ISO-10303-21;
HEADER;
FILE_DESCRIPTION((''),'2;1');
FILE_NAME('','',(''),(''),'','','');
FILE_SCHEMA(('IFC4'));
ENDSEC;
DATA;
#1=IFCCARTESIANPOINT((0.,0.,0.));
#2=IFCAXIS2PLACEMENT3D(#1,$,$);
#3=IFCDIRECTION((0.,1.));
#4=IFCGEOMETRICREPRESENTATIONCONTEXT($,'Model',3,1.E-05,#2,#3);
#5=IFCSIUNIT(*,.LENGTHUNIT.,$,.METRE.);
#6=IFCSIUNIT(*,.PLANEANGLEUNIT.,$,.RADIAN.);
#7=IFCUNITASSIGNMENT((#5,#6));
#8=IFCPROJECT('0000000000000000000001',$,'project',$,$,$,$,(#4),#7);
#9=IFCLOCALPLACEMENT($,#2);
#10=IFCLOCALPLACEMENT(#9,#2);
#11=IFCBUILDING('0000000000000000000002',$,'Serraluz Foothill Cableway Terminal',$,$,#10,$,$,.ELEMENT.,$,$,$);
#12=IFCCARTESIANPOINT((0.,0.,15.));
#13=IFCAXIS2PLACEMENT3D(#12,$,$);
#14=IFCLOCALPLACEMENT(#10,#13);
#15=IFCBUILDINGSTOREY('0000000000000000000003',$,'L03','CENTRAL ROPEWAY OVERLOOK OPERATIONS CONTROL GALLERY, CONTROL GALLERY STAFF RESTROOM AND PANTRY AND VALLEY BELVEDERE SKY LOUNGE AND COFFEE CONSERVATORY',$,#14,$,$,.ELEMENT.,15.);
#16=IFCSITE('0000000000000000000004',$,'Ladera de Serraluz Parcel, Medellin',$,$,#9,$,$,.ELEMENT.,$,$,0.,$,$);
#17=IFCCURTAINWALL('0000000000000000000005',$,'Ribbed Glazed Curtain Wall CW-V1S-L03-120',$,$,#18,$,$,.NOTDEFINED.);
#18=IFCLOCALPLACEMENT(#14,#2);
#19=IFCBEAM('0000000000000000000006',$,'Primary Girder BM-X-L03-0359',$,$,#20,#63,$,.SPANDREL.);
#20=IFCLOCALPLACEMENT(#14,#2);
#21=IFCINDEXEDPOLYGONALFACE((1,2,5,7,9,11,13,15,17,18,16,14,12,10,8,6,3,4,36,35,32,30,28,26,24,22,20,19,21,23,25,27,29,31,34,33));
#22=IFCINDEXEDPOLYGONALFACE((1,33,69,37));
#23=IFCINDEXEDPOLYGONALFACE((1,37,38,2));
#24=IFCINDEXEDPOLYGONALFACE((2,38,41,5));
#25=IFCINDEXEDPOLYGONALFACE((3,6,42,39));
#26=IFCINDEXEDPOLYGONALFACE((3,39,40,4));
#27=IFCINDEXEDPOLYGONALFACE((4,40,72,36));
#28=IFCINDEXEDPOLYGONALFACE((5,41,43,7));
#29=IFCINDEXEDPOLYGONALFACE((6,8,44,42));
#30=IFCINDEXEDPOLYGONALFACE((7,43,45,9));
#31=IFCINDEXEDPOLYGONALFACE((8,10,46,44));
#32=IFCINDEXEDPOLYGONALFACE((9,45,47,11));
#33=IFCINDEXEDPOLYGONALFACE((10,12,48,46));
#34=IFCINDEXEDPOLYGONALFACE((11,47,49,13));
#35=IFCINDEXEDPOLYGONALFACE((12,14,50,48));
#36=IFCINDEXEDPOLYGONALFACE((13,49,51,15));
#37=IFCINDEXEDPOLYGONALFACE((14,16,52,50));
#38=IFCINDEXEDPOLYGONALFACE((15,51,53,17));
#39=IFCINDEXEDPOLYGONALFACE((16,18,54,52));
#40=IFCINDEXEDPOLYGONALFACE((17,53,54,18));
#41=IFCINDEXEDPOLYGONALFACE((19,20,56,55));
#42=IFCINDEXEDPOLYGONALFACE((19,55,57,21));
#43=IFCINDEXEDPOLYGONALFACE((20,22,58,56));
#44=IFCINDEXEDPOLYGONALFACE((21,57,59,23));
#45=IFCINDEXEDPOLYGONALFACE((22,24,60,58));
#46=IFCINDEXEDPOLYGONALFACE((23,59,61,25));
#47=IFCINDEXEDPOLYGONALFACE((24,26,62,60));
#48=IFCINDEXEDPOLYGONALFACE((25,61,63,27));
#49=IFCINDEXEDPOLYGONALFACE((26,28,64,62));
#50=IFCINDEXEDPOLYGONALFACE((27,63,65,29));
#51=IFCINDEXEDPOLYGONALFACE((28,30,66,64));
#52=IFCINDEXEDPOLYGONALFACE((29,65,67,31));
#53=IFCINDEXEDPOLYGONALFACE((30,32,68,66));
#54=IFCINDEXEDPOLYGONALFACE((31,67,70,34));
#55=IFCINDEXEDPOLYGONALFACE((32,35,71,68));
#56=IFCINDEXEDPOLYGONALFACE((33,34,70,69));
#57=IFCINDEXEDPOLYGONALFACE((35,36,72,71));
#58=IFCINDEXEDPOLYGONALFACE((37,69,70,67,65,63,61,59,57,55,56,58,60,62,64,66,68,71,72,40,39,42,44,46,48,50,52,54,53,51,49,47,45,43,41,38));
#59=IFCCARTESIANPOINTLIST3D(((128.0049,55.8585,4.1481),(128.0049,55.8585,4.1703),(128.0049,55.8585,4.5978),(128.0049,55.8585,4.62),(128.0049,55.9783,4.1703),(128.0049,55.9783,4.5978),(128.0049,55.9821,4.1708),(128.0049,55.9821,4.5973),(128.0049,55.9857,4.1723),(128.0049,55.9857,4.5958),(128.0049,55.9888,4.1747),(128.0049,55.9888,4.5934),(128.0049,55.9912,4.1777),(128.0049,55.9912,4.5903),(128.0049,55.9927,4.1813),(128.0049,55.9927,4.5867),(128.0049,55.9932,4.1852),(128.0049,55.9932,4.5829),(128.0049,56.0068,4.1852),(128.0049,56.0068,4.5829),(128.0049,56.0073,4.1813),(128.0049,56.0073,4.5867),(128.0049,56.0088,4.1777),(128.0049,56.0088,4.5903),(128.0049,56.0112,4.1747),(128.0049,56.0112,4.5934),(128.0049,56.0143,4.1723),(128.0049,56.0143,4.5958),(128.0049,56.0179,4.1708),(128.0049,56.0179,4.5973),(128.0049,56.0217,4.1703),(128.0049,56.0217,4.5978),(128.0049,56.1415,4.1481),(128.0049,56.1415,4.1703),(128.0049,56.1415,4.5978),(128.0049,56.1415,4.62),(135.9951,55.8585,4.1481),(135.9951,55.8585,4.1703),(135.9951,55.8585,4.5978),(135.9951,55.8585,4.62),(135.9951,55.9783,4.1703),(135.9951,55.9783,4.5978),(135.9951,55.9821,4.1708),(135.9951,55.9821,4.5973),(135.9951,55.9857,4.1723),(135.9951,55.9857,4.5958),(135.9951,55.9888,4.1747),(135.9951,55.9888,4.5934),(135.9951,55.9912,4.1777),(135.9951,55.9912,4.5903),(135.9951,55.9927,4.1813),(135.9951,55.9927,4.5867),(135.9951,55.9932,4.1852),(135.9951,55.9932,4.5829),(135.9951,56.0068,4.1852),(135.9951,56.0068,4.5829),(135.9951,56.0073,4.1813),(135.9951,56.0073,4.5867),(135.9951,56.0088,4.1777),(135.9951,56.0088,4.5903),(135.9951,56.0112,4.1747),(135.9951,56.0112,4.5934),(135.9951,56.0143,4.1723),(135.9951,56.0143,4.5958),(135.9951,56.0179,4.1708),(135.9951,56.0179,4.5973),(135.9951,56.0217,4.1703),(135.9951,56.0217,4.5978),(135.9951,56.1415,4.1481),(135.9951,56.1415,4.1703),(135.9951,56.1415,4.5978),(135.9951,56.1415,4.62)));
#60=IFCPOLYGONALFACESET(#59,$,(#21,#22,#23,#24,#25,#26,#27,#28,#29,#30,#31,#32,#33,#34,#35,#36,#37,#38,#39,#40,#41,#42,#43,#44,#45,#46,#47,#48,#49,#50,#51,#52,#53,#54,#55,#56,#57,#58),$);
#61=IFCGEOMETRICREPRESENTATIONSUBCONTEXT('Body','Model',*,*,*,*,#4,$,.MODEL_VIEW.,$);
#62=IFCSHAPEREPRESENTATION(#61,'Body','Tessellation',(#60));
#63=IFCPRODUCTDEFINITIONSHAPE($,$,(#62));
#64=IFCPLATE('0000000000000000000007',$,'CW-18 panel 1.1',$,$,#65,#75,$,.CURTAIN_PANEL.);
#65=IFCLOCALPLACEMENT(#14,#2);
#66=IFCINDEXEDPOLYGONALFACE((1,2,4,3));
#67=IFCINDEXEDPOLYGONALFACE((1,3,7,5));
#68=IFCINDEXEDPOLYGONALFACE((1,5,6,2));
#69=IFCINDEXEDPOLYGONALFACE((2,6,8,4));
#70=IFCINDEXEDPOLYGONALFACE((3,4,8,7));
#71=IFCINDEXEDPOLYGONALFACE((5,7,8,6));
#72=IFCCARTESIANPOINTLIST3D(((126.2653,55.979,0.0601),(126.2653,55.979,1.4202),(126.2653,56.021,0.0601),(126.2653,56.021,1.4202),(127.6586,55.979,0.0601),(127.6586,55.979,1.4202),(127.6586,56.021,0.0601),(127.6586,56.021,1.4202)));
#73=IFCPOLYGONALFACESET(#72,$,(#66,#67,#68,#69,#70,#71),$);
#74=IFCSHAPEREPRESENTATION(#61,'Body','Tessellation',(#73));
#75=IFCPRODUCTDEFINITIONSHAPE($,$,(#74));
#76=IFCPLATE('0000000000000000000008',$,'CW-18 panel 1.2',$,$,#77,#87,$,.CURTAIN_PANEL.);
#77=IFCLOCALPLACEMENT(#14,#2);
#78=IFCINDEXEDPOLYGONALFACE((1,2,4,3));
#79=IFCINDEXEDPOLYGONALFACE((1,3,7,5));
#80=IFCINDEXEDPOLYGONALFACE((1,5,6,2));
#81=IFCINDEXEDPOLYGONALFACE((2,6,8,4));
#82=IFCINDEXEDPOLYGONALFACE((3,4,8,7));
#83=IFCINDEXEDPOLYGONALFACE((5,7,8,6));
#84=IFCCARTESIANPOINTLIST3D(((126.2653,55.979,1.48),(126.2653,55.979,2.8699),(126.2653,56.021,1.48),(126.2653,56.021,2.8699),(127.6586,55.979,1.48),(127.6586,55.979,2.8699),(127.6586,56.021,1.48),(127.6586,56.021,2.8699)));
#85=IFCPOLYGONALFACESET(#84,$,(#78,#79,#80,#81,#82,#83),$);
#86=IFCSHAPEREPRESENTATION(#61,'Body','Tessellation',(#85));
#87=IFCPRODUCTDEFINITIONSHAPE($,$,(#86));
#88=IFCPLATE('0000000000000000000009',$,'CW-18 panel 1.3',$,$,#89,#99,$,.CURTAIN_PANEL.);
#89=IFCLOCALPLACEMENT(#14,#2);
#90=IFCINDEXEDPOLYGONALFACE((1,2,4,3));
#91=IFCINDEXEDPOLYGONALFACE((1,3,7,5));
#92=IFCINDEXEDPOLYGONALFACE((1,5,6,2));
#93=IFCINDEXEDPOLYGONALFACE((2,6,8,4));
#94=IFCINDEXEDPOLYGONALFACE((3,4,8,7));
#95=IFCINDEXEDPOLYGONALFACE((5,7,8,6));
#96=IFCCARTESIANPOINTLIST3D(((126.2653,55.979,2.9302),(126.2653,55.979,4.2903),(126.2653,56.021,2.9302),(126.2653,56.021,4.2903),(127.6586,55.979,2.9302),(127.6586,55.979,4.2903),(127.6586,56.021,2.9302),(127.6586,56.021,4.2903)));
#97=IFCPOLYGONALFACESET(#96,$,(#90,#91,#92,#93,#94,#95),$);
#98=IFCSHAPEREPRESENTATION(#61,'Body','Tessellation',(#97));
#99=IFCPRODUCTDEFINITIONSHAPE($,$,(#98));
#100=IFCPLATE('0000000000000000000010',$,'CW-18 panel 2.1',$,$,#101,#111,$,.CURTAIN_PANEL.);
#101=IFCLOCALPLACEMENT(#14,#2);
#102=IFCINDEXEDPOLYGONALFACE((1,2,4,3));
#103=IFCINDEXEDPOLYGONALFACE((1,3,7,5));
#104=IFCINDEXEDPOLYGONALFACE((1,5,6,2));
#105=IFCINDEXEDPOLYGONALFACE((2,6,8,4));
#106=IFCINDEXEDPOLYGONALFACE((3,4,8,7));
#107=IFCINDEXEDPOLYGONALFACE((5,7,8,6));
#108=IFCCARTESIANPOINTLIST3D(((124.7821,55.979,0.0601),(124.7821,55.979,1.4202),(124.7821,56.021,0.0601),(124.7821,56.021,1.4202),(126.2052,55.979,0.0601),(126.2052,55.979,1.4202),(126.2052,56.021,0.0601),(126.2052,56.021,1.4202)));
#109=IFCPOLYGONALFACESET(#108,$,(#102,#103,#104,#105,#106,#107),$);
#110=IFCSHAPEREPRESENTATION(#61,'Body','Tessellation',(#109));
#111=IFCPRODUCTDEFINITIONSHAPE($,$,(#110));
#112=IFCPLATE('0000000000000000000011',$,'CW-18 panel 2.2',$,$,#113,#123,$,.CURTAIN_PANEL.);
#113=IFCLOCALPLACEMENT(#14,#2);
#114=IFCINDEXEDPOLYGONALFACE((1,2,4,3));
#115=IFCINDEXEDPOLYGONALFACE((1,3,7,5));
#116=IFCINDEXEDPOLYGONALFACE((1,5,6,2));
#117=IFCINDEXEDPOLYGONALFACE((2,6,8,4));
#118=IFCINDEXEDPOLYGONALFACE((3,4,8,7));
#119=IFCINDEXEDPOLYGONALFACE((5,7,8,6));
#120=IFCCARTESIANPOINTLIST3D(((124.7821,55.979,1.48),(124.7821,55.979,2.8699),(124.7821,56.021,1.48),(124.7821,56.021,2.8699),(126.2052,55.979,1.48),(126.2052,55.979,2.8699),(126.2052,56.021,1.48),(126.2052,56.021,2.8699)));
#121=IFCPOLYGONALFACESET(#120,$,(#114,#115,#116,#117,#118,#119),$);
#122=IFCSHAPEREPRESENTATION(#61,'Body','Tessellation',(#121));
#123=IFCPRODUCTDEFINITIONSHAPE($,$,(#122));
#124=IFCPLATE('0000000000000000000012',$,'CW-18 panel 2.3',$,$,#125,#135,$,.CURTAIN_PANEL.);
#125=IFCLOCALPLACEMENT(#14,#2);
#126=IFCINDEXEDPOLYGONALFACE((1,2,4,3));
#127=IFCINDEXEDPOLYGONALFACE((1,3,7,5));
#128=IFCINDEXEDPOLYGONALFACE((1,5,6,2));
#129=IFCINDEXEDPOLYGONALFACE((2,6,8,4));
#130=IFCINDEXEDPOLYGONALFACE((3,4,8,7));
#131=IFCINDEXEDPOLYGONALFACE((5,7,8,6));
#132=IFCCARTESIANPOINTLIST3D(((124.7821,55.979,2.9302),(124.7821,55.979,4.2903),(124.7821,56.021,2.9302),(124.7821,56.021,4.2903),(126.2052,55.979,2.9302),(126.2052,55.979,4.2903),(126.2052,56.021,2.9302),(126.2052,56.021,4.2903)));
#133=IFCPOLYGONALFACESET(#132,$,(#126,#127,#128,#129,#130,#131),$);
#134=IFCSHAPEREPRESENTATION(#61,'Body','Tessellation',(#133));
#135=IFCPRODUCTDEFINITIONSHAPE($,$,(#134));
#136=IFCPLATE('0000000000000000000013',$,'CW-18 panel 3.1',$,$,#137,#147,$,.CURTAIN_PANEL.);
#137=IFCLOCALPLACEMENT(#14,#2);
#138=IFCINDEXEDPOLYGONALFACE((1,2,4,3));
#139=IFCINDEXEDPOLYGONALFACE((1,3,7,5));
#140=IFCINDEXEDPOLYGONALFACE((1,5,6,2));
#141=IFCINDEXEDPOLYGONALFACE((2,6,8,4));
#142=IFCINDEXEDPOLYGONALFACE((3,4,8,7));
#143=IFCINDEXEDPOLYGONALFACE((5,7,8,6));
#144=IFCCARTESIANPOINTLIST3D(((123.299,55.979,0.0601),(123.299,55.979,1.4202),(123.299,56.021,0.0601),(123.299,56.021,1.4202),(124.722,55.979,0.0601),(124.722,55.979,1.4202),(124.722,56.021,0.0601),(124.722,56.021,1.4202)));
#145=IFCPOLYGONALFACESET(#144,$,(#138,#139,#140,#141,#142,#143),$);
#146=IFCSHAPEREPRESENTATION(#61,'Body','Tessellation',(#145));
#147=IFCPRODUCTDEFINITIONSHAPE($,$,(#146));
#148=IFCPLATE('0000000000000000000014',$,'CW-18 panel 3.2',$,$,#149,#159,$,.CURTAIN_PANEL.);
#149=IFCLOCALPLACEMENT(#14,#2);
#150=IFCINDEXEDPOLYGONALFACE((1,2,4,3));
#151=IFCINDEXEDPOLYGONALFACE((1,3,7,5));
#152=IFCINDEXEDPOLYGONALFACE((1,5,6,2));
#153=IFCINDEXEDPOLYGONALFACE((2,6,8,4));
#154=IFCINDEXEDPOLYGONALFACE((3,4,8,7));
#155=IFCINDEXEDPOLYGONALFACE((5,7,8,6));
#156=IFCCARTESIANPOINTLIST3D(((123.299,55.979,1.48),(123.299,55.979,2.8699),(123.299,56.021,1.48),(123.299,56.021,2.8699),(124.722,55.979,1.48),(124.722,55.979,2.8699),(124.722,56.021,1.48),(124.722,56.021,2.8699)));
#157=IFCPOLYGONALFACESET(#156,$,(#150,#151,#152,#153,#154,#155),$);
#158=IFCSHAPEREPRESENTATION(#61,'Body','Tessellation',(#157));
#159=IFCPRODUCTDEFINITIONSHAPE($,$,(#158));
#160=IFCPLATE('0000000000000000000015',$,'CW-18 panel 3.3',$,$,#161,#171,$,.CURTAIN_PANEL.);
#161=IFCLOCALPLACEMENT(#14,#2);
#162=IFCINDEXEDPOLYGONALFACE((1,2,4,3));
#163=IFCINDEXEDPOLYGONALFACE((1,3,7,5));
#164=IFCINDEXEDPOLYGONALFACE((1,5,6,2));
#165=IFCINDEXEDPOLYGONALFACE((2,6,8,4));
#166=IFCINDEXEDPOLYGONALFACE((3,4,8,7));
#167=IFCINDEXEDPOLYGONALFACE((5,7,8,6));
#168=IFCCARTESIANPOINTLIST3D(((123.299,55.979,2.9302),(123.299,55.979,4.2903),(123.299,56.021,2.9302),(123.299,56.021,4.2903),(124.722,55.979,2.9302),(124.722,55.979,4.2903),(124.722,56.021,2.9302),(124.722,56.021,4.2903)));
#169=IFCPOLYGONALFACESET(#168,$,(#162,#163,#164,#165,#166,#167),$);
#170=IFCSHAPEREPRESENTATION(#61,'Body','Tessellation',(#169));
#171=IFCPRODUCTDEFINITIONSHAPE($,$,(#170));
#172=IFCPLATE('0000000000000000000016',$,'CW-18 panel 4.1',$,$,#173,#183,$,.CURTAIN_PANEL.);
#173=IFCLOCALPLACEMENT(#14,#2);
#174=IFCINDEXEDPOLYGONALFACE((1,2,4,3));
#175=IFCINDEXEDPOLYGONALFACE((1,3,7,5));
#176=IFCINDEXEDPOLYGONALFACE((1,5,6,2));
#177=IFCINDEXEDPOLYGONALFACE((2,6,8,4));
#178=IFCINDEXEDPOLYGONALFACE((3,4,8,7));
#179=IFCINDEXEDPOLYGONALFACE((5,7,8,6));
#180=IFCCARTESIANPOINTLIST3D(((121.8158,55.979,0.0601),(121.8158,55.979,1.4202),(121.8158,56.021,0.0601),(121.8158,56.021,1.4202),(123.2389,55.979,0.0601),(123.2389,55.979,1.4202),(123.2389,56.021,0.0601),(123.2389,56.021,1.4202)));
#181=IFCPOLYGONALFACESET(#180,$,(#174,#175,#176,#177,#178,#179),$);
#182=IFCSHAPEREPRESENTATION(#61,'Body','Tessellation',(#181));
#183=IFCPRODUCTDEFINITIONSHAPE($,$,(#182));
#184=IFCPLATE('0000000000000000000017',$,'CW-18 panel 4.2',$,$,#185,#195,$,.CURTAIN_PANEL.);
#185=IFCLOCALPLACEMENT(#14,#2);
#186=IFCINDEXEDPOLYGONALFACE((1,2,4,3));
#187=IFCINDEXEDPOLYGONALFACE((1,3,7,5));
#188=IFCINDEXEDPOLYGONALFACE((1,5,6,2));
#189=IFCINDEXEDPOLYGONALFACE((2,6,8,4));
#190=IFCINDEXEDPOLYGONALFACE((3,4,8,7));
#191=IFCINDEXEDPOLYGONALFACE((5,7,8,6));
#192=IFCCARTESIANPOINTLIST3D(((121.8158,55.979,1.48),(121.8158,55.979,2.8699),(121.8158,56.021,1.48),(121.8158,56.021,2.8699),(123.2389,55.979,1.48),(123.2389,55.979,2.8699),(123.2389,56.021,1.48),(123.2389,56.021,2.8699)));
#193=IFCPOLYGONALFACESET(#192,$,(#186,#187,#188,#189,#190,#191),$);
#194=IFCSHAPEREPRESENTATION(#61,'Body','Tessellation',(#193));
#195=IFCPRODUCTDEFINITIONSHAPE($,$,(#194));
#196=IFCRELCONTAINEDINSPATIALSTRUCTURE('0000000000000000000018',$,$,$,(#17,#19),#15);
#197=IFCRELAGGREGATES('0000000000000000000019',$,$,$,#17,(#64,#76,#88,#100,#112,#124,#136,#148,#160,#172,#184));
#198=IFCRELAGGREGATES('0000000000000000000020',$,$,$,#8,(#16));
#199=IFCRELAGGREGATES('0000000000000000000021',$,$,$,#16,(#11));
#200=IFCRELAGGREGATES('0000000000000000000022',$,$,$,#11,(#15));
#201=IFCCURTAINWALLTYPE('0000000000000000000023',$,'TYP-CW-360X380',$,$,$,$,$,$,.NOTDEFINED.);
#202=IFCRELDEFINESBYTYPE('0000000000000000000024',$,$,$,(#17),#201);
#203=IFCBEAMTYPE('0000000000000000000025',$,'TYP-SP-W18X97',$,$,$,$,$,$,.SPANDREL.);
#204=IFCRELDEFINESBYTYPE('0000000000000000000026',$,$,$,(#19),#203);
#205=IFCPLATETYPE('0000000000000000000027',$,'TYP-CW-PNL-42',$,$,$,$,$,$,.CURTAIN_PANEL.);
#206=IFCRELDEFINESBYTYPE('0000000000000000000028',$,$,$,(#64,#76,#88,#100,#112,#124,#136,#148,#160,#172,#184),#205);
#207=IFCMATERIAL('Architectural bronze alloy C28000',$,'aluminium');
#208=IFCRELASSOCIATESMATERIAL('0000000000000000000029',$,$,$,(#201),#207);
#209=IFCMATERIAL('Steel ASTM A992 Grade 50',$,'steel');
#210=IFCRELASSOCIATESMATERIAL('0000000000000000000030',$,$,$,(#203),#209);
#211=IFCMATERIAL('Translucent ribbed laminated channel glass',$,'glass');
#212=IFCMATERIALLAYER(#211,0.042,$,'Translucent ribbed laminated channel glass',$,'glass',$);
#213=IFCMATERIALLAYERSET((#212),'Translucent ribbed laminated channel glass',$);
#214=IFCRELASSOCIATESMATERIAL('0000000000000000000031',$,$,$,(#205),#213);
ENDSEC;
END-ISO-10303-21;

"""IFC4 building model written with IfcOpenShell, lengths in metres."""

from ifc_helpers import new_model, si_unit, direction, frame, origin, origin_2d, place, context, subcontext, project, spatial, rectangle, i_section, extrude, material, layer, layer_set, material_profile, profile_set, type_object, element, aggregate, save


model = new_model("IFC4")

# Units and contexts
model_context = context("Model", 3, precision=1e-05, world=origin(), true_north=direction((0.0, 1.0)))
body_context = subcontext(model_context, "Body", "Model", "MODEL_VIEW")
ifc_project = project(units=[si_unit("LENGTHUNIT", "METRE"), si_unit("PLANEANGLEUNIT", "RADIAN")], contexts=[model_context])

# Site, building, storey
site_placement = place(None, origin())
site = spatial("IfcSite", under=ifc_project, at=site_placement, Name="Ladera de Serraluz Parcel, Medellin", CompositionType="ELEMENT", RefElevation=0.0)
building_placement = place(site_placement, origin())
building = spatial("IfcBuilding", under=site, at=building_placement, Name="Serraluz Foothill Cableway Terminal", CompositionType="ELEMENT")
storey_placement = place(building_placement, frame((0.0, 0.0, 15.0)))
storey = spatial("IfcBuildingStorey", under=building, at=storey_placement, Name="L03", Description="CENTRAL ROPEWAY OVERLOOK OPERATIONS CONTROL GALLERY, CONTROL GALLERY STAFF RESTROOM AND PANTRY AND VALLEY BELVEDERE SKY LOUNGE AND COFFEE CONSERVATORY", CompositionType="ELEMENT", Elevation=15.0)

# Shared definitions
ifc_material_1 = material(Name="Steel ASTM A992 Grade 50", Category="steel")

# Curtain wall
ifc_material_2 = material(Name="Architectural bronze alloy C28000", Category="aluminium")
curtain_wall_type = type_object("IfcCurtainWallType", Name="TYP-CW-360X380", PredefinedType="NOTDEFINED", material=ifc_material_2)
curtain_wall_placement = place(storey_placement, origin())
curtain_wall = element("IfcCurtainWall", 1, at=curtain_wall_placement, inside=storey, type_object=curtain_wall_type, Name="Ribbed Glazed Curtain Wall CW-V1S-L03-120", PredefinedType="NOTDEFINED")

# Beam
ifc_material_profile_1 = material_profile(ifc_material_1, i_section(OverallWidth=0.283, OverallDepth=0.4719, WebThickness=0.0137, FlangeThickness=0.0222, FilletRadius=0.0149, at=origin_2d()), Name="W18X97")
ifc_profile_set_1 = profile_set([ifc_material_profile_1], Name="Steel ASTM A992 Grade 50")
beam_type = type_object("IfcBeamType", Name="TYP-SP-W18X97", PredefinedType="SPANDREL", material=ifc_profile_set_1)
beam_placement = place(storey_placement, frame((128.0049, 56.0, 4.384), z_axis=(1.0, 0.0, 0.0), x_axis=(0.0, 1.0, 0.0)))
element("IfcBeam", 2, at=beam_placement, inside=storey, type_object=beam_type, Name="Primary Girder BM-X-L03-0359", PredefinedType="SPANDREL", context=body_context, shape_type="SweptSolid", body=[
    extrude(i_section(OverallWidth=0.283, OverallDepth=0.4719, WebThickness=0.0137, FlangeThickness=0.0222, FilletRadius=0.0149, at=origin_2d()), origin(), (0.0, 0.0, 1.0), 7.9902),
])

# Plates
ifc_material_3 = material(Name="Translucent ribbed laminated channel glass", Category="glass")
ifc_layer = layer(ifc_material_3, 0.042, Name="Translucent ribbed laminated channel glass", Category="glass")
ifc_layer_set = layer_set([ifc_layer], Name="Translucent ribbed laminated channel glass")
plate_type = type_object("IfcPlateType", Name="TYP-CW-PNL-42", PredefinedType="CURTAIN_PANEL", material=ifc_layer_set)
plate_1_placement = place(storey_placement, frame((126.9619, 56.0, 0.0601), z_axis=(0.0, 0.0, 1.0), x_axis=(-1.0, 0.0, 0.0)))
plate_1 = element("IfcPlate", 3, at=plate_1_placement, type_object=plate_type, Name="CW-18 panel 1.1", PredefinedType="CURTAIN_PANEL", context=body_context, shape_type="SweptSolid", body=[
    extrude(rectangle(XDim=1.3933, YDim=0.042, at=origin_2d()), origin(), (0.0, 0.0, 1.0), 1.3601),
])
plate_2_placement = place(storey_placement, frame((126.9619, 56.0, 1.48), z_axis=(0.0, 0.0, 1.0), x_axis=(-1.0, 0.0, 0.0)))
plate_2 = element("IfcPlate", 4, at=plate_2_placement, type_object=plate_type, Name="CW-18 panel 1.2", PredefinedType="CURTAIN_PANEL", context=body_context, shape_type="SweptSolid", body=[
    extrude(rectangle(XDim=1.3933, YDim=0.042, at=origin_2d()), origin(), (0.0, 0.0, 1.0), 1.3899),
])
plate_3_placement = place(storey_placement, frame((126.9619, 56.0, 2.9302), z_axis=(0.0, 0.0, 1.0), x_axis=(-1.0, 0.0, 0.0)))
plate_3 = element("IfcPlate", 5, at=plate_3_placement, type_object=plate_type, Name="CW-18 panel 1.3", PredefinedType="CURTAIN_PANEL", context=body_context, shape_type="SweptSolid", body=[
    extrude(rectangle(XDim=1.3933, YDim=0.042, at=origin_2d()), origin(), (0.0, 0.0, 1.0), 1.3601),
])
plate_4_placement = place(storey_placement, frame((125.4937, 56.0, 0.0601), z_axis=(0.0, 0.0, 1.0), x_axis=(-1.0, 0.0, 0.0)))
plate_4 = element("IfcPlate", 6, at=plate_4_placement, type_object=plate_type, Name="CW-18 panel 2.1", PredefinedType="CURTAIN_PANEL", context=body_context, shape_type="SweptSolid", body=[
    extrude(rectangle(XDim=1.4231, YDim=0.042, at=origin_2d()), origin(), (0.0, 0.0, 1.0), 1.3601),
])
plate_5_placement = place(storey_placement, frame((125.4937, 56.0, 1.48), z_axis=(0.0, 0.0, 1.0), x_axis=(-1.0, 0.0, 0.0)))
plate_5 = element("IfcPlate", 7, at=plate_5_placement, type_object=plate_type, Name="CW-18 panel 2.2", PredefinedType="CURTAIN_PANEL", context=body_context, shape_type="SweptSolid", body=[
    extrude(rectangle(XDim=1.4231, YDim=0.042, at=origin_2d()), origin(), (0.0, 0.0, 1.0), 1.3899),
])
plate_6_placement = place(storey_placement, frame((125.4937, 56.0, 2.9302), z_axis=(0.0, 0.0, 1.0), x_axis=(-1.0, 0.0, 0.0)))
plate_6 = element("IfcPlate", 8, at=plate_6_placement, type_object=plate_type, Name="CW-18 panel 2.3", PredefinedType="CURTAIN_PANEL", context=body_context, shape_type="SweptSolid", body=[
    extrude(rectangle(XDim=1.4231, YDim=0.042, at=origin_2d()), origin(), (0.0, 0.0, 1.0), 1.3601),
])
plate_7_placement = place(storey_placement, frame((124.0105, 56.0, 0.0601), z_axis=(0.0, 0.0, 1.0), x_axis=(-1.0, 0.0, 0.0)))
plate_7 = element("IfcPlate", 9, at=plate_7_placement, type_object=plate_type, Name="CW-18 panel 3.1", PredefinedType="CURTAIN_PANEL", context=body_context, shape_type="SweptSolid", body=[
    extrude(rectangle(XDim=1.4231, YDim=0.042, at=origin_2d()), origin(), (0.0, 0.0, 1.0), 1.3601),
])
plate_8_placement = place(storey_placement, frame((124.0105, 56.0, 1.48), z_axis=(0.0, 0.0, 1.0), x_axis=(-1.0, 0.0, 0.0)))
plate_8 = element("IfcPlate", 10, at=plate_8_placement, type_object=plate_type, Name="CW-18 panel 3.2", PredefinedType="CURTAIN_PANEL", context=body_context, shape_type="SweptSolid", body=[
    extrude(rectangle(XDim=1.4231, YDim=0.042, at=origin_2d()), origin(), (0.0, 0.0, 1.0), 1.3899),
])
plate_9_placement = place(storey_placement, frame((124.0105, 56.0, 2.9302), z_axis=(0.0, 0.0, 1.0), x_axis=(-1.0, 0.0, 0.0)))
plate_9 = element("IfcPlate", 11, at=plate_9_placement, type_object=plate_type, Name="CW-18 panel 3.3", PredefinedType="CURTAIN_PANEL", context=body_context, shape_type="SweptSolid", body=[
    extrude(rectangle(XDim=1.4231, YDim=0.042, at=origin_2d()), origin(), (0.0, 0.0, 1.0), 1.3601),
])
plate_10_placement = place(storey_placement, frame((122.5273, 56.0, 0.0601), z_axis=(0.0, 0.0, 1.0), x_axis=(-1.0, 0.0, 0.0)))
plate_10 = element("IfcPlate", 12, at=plate_10_placement, type_object=plate_type, Name="CW-18 panel 4.1", PredefinedType="CURTAIN_PANEL", context=body_context, shape_type="SweptSolid", body=[
    extrude(rectangle(XDim=1.4231, YDim=0.042, at=origin_2d()), origin(), (0.0, 0.0, 1.0), 1.3601),
])
plate_11_placement = place(storey_placement, frame((122.5273, 56.0, 1.48), z_axis=(0.0, 0.0, 1.0), x_axis=(-1.0, 0.0, 0.0)))
plate_11 = element("IfcPlate", 13, at=plate_11_placement, type_object=plate_type, Name="CW-18 panel 4.2", PredefinedType="CURTAIN_PANEL", context=body_context, shape_type="SweptSolid", body=[
    extrude(rectangle(XDim=1.4231, YDim=0.042, at=origin_2d()), origin(), (0.0, 0.0, 1.0), 1.3899),
])
aggregate(curtain_wall, [plate_1, plate_2, plate_3, plate_4, plate_5, plate_6, plate_7, plate_8, plate_9, plate_10, plate_11])

save(model, "model.ifc")
